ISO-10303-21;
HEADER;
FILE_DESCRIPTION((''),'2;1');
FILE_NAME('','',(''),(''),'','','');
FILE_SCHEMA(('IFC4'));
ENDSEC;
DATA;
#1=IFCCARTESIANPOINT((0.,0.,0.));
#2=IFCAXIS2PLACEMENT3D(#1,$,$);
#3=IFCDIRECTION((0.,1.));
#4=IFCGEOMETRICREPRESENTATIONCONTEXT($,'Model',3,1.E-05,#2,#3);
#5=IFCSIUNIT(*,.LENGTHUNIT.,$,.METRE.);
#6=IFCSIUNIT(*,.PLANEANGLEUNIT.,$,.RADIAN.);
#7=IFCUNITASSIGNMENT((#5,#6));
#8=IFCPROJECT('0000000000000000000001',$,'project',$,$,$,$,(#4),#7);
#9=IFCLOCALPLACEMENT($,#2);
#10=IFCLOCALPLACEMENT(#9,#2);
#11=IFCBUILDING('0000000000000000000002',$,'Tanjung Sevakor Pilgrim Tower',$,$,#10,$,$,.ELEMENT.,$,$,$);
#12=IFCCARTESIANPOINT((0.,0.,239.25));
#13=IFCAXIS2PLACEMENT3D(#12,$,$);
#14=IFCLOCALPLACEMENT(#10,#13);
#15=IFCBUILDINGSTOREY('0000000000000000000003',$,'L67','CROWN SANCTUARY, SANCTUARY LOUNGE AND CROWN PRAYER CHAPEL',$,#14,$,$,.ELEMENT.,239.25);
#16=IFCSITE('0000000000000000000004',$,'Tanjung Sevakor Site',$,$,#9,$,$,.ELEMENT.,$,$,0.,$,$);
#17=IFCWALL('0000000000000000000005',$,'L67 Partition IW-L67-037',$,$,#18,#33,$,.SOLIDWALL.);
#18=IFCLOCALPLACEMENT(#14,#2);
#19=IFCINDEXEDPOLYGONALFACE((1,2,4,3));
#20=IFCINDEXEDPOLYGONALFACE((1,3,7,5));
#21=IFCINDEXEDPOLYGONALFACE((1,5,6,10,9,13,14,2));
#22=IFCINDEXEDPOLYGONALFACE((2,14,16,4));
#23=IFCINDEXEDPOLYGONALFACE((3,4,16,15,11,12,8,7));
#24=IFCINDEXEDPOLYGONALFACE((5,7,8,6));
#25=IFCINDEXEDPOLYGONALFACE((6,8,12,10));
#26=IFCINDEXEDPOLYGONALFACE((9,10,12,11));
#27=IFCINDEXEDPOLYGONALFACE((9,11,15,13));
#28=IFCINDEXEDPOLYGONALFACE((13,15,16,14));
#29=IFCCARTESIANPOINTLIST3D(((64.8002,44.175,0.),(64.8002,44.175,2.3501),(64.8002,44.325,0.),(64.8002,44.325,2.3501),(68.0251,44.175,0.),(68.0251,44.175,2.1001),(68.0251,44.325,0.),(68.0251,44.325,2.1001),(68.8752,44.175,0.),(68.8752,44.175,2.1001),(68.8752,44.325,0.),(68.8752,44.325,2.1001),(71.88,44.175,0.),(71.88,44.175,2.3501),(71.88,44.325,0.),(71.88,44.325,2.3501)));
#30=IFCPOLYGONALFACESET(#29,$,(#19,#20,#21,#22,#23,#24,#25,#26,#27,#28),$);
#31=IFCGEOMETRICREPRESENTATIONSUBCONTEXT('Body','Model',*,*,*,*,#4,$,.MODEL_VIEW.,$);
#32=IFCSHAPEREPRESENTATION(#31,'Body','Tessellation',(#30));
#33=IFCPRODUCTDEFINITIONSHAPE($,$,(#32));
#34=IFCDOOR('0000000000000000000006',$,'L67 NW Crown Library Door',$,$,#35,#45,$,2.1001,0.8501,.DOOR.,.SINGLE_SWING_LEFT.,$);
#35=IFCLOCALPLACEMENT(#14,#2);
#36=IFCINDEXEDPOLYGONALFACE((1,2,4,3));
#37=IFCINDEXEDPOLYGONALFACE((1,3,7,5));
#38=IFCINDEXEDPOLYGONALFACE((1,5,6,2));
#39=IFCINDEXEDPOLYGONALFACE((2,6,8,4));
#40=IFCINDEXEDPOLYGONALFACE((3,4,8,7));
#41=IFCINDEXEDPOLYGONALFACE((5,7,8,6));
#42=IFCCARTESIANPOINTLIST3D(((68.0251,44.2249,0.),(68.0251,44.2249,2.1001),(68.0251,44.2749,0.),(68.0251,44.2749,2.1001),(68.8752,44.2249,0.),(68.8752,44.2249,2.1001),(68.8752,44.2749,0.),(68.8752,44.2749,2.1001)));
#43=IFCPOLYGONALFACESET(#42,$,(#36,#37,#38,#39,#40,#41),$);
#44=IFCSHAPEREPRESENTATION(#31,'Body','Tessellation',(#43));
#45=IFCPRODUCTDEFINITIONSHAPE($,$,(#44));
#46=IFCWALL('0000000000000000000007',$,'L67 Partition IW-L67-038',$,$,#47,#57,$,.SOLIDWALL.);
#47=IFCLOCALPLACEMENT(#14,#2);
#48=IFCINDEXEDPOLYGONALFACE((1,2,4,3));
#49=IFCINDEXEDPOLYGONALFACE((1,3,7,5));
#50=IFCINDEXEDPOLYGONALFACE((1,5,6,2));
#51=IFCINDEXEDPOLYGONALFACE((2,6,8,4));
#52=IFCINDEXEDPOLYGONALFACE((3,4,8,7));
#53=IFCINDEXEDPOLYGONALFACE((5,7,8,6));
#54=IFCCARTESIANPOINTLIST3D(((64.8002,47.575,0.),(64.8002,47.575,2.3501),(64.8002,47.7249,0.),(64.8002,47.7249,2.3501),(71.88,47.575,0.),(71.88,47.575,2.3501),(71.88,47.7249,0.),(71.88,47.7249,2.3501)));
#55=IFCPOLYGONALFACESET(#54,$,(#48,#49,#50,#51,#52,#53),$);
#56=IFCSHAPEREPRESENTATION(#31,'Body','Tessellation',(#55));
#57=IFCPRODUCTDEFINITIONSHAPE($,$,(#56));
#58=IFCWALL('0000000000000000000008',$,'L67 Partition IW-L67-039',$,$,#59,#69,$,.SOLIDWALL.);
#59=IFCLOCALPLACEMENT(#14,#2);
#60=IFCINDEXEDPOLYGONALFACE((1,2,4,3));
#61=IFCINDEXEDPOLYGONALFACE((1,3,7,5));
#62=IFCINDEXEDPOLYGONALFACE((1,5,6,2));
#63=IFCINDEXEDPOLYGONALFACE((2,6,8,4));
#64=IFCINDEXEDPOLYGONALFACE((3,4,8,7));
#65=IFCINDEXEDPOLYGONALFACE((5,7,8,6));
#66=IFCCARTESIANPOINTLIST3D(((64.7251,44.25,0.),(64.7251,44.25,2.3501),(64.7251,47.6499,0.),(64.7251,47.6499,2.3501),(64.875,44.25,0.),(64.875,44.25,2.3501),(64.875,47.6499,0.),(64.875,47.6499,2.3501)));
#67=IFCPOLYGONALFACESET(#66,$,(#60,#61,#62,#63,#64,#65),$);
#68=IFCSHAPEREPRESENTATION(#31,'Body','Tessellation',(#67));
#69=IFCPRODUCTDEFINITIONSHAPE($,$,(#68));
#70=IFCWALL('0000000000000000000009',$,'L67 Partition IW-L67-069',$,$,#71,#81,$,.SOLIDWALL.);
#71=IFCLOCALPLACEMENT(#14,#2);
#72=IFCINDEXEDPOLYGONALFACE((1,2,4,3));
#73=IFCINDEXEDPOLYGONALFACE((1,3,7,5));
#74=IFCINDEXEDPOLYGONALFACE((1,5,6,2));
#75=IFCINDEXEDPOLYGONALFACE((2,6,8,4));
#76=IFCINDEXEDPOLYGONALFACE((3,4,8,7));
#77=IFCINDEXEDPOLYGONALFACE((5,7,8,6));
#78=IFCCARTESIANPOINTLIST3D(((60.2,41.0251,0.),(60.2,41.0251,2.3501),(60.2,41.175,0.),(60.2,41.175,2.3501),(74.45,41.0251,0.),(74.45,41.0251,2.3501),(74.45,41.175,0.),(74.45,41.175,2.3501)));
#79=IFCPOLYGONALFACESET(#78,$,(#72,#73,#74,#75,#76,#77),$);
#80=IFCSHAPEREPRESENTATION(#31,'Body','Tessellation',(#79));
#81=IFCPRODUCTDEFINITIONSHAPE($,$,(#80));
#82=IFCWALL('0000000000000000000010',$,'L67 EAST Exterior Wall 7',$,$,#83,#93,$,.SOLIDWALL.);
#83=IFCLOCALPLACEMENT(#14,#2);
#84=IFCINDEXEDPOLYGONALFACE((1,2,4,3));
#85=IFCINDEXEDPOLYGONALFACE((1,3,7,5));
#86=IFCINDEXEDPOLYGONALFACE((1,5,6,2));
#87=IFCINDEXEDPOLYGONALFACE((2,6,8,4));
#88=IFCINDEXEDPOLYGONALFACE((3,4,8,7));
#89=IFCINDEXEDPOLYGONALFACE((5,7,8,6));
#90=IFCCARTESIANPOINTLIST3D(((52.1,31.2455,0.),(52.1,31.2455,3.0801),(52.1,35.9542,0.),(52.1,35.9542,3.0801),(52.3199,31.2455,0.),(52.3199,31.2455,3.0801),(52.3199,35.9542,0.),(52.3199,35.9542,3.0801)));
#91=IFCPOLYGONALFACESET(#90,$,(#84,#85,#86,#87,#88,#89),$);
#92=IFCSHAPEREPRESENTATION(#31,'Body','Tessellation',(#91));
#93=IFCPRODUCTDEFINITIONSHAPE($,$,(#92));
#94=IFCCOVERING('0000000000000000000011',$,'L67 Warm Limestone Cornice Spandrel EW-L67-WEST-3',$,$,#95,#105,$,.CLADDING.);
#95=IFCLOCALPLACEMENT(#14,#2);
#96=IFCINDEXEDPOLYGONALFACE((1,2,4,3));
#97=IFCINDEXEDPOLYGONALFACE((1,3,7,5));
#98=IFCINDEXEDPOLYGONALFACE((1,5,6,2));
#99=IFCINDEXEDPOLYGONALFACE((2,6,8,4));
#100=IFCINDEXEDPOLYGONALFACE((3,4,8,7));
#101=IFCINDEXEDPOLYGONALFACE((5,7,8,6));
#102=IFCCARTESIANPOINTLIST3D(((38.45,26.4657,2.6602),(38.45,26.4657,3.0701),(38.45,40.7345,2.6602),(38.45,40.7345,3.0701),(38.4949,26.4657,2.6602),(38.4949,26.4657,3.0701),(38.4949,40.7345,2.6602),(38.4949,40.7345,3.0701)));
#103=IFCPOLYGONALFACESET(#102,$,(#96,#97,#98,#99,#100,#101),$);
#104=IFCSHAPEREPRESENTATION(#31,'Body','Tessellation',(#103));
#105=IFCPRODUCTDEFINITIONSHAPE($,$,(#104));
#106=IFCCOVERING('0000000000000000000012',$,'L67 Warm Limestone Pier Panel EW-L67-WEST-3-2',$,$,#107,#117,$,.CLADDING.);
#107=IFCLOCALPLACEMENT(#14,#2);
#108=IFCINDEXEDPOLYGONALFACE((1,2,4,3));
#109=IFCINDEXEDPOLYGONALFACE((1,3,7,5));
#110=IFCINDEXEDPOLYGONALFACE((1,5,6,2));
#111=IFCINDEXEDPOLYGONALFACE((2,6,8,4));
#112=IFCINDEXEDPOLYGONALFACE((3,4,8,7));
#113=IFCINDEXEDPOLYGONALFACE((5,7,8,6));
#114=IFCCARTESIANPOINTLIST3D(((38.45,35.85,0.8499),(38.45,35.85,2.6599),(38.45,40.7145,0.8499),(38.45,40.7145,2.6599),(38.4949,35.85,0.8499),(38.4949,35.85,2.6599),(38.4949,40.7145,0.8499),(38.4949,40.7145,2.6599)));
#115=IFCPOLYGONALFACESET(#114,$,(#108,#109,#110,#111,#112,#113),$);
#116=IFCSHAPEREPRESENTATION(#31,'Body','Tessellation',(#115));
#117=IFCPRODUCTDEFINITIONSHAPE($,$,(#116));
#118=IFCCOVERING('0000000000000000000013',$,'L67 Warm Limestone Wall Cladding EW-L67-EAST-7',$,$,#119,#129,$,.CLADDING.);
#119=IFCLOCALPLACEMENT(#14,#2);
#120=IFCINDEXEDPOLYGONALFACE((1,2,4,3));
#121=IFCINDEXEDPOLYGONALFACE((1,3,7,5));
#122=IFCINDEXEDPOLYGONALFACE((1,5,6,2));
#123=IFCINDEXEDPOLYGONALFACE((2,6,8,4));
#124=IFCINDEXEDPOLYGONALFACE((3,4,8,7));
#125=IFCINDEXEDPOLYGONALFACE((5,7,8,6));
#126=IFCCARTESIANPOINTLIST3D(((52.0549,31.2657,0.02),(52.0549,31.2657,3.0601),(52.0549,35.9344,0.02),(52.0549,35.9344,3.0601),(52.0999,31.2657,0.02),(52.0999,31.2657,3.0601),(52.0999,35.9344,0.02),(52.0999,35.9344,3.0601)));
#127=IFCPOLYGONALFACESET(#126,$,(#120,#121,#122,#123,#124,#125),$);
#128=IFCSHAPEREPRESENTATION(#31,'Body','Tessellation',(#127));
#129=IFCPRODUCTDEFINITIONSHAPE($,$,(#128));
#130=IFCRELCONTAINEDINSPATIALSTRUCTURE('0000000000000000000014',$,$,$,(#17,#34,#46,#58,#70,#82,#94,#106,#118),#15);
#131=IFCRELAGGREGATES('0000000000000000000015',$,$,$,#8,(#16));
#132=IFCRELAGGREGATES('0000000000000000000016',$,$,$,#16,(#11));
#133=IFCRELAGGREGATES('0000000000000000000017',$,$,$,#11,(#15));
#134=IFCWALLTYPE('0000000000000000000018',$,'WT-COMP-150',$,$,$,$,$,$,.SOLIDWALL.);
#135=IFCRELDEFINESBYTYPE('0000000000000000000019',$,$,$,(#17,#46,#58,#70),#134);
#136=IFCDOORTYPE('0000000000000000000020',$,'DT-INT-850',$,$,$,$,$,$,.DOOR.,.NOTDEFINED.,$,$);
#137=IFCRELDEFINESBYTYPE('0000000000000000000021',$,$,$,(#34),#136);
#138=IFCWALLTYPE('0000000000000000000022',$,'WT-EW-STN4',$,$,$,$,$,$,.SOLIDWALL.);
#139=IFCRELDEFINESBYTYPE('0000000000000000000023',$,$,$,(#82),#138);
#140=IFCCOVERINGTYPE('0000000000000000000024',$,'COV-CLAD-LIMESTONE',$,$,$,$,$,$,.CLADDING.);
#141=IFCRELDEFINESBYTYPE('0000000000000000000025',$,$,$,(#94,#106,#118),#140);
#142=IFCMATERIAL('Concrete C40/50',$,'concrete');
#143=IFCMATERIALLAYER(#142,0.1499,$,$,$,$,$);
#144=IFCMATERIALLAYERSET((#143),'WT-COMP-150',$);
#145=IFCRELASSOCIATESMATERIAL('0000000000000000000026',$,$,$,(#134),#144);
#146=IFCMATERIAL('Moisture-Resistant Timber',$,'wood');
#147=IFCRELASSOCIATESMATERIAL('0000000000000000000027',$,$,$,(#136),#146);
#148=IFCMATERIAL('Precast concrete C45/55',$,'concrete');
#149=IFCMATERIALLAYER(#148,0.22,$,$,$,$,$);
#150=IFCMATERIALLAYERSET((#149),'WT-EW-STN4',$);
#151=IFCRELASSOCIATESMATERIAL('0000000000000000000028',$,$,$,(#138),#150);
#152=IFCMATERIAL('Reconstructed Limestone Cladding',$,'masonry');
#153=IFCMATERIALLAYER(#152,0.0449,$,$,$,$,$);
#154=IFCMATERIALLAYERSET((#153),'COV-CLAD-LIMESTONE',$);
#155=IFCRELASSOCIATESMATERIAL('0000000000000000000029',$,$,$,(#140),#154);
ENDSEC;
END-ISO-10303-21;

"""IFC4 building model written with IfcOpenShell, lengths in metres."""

from ifc_helpers import new_model, si_unit, direction, frame, frame_2d, origin, origin_2d, place, context, subcontext, project, spatial, rectangle, extrude, material, layer, layer_set, type_object, element, fill, save


model = new_model("IFC4")

# Units and contexts
model_context = context("Model", 3, precision=1e-05, world=origin(), true_north=direction((0.0, 1.0)))
body_context = subcontext(model_context, "Body", "Model", "MODEL_VIEW")
ifc_project = project(units=[si_unit("LENGTHUNIT", "METRE"), si_unit("PLANEANGLEUNIT", "RADIAN")], contexts=[model_context])

# Site, building, storey
site_placement = place(None, origin())
site = spatial("IfcSite", under=ifc_project, at=site_placement, Name="Tanjung Sevakor Site", CompositionType="ELEMENT", RefElevation=0.0)
building_placement = place(site_placement, origin())
building = spatial("IfcBuilding", under=site, at=building_placement, Name="Tanjung Sevakor Pilgrim Tower", CompositionType="ELEMENT")
storey_placement = place(building_placement, frame((0.0, 0.0, 239.25)))
storey = spatial("IfcBuildingStorey", under=building, at=storey_placement, Name="L67", Description="CROWN SANCTUARY, SANCTUARY LOUNGE AND CROWN PRAYER CHAPEL", CompositionType="ELEMENT", Elevation=239.25)

# Wall, opening, door
ifc_material_1 = material(Name="Concrete C40/50", Category="concrete")
ifc_layer_1 = layer(ifc_material_1, 0.1499)
ifc_layer_set_1 = layer_set([ifc_layer_1], Name="WT-COMP-150")
wall_type_1 = type_object("IfcWallType", Name="WT-COMP-150", PredefinedType="SOLIDWALL", material=ifc_layer_set_1)
wall_1_placement = place(storey_placement, frame((64.8, 44.25, 0.0), z_axis=(0.0, 0.0, 1.0), x_axis=(1.0, 0.0, 0.0)))
wall_1 = element("IfcWall", 1, at=wall_1_placement, inside=storey, type_object=wall_type_1, Name="L67 Partition IW-L67-037", PredefinedType="SOLIDWALL", context=body_context, shape_type="SweptSolid", body=[
    extrude(rectangle(XDim=7.0798, YDim=0.1499, at=frame_2d((3.54, 0.0))), origin(), (0.0, 0.0, 1.0), 2.3501),
])
opening_placement = place(wall_1_placement, frame((3.2251, 0.0, 0.0)))
opening = element("IfcOpeningElement", 2, at=opening_placement, cuts=wall_1, PredefinedType="OPENING", context=body_context, shape_type="SweptSolid", body=[
    extrude(rectangle(XDim=0.8501, YDim=2.1001, at=frame_2d((0.425, 1.05))), frame((0.0, 0.085, 0.0), z_axis=(0.0, -1.0, 0.0), x_axis=(1.0, 0.0, 0.0)), (0.0, 0.0, 1.0), 0.1699),
])
ifc_material_2 = material(Name="Moisture-Resistant Timber", Category="wood")
door_type = type_object("IfcDoorType", Name="DT-INT-850", OperationType="NOTDEFINED", PredefinedType="DOOR", material=ifc_material_2)
door_placement = place(opening_placement, origin())
door = element("IfcDoor", 3, at=door_placement, inside=storey, type_object=door_type, Name="L67 NW Crown Library Door", OperationType="SINGLE_SWING_LEFT", OverallHeight=2.1001, OverallWidth=0.8501, PredefinedType="DOOR", context=body_context, shape_type="SweptSolid", body=[
    extrude(rectangle(XDim=0.8501, YDim=2.1001, at=frame_2d((0.425, 1.05))), frame((0.0, 0.0249, 0.0), z_axis=(0.0, -1.0, 0.0), x_axis=(1.0, 0.0, 0.0)), (0.0, 0.0, 1.0), 0.05),
])
fill(opening, door)

# Walls
wall_2_placement = place(storey_placement, frame((64.8, 47.6499, 0.0), z_axis=(0.0, 0.0, 1.0), x_axis=(1.0, 0.0, 0.0)))
element("IfcWall", 4, at=wall_2_placement, inside=storey, type_object=wall_type_1, Name="L67 Partition IW-L67-038", PredefinedType="SOLIDWALL", context=body_context, shape_type="SweptSolid", body=[
    extrude(rectangle(XDim=7.0798, YDim=0.1499, at=frame_2d((3.54, 0.0))), origin(), (0.0, 0.0, 1.0), 2.3501),
])
wall_3_placement = place(storey_placement, frame((64.8, 44.25, 0.0), z_axis=(0.0, 0.0, 1.0), x_axis=(0.0, 1.0, 0.0)))
element("IfcWall", 5, at=wall_3_placement, inside=storey, type_object=wall_type_1, Name="L67 Partition IW-L67-039", PredefinedType="SOLIDWALL", context=body_context, shape_type="SweptSolid", body=[
    extrude(rectangle(XDim=3.3999, YDim=0.1499, at=frame_2d((1.7, 0.0))), origin(), (0.0, 0.0, 1.0), 2.3501),
])
wall_4_placement = place(storey_placement, frame((60.2, 41.1001, 0.0), z_axis=(0.0, 0.0, 1.0), x_axis=(1.0, 0.0, 0.0)))
element("IfcWall", 6, at=wall_4_placement, inside=storey, type_object=wall_type_1, Name="L67 Partition IW-L67-069", PredefinedType="SOLIDWALL", context=body_context, shape_type="SweptSolid", body=[
    extrude(rectangle(XDim=14.25, YDim=0.1499, at=frame_2d((7.125, 0.0))), origin(), (0.0, 0.0, 1.0), 2.3501),
])
ifc_material_3 = material(Name="Precast concrete C45/55", Category="concrete")
ifc_layer_2 = layer(ifc_material_3, 0.22)
ifc_layer_set_2 = layer_set([ifc_layer_2], Name="WT-EW-STN4")
wall_type_2 = type_object("IfcWallType", Name="WT-EW-STN4", PredefinedType="SOLIDWALL", material=ifc_layer_set_2)
wall_5_placement = place(storey_placement, frame((52.21, 35.9543, 0.0), z_axis=(0.0, 0.0, 1.0), x_axis=(0.0, -1.0, 0.0)))
element("IfcWall", 7, at=wall_5_placement, inside=storey, type_object=wall_type_2, Name="L67 EAST Exterior Wall 7", PredefinedType="SOLIDWALL", context=body_context, shape_type="SweptSolid", body=[
    extrude(rectangle(XDim=4.7087, YDim=0.22, at=frame_2d((2.3545, 0.0))), origin(), (0.0, 0.0, 1.0), 3.0801),
])

# Coverings
ifc_material_4 = material(Name="Reconstructed Limestone Cladding", Category="masonry")
ifc_layer_3 = layer(ifc_material_4, 0.0449)
ifc_layer_set_3 = layer_set([ifc_layer_3], Name="COV-CLAD-LIMESTONE")
covering_type = type_object("IfcCoveringType", Name="COV-CLAD-LIMESTONE", PredefinedType="CLADDING", material=ifc_layer_set_3)
covering_1_placement = place(storey_placement, frame((38.4724, 33.6001, 2.6602), z_axis=(0.0, 0.0, 1.0), x_axis=(0.0, 1.0, 0.0)))
element("IfcCovering", 8, at=covering_1_placement, inside=storey, type_object=covering_type, Name="L67 Warm Limestone Cornice Spandrel EW-L67-WEST-3", PredefinedType="CLADDING", context=body_context, shape_type="SweptSolid", body=[
    extrude(rectangle(XDim=14.2688, YDim=0.0449, at=origin_2d()), origin(), (0.0, 0.0, 1.0), 0.4099),
])
covering_2_placement = place(storey_placement, frame((38.4724, 38.2822, 0.8499), z_axis=(0.0, 0.0, 1.0), x_axis=(0.0, 1.0, 0.0)))
element("IfcCovering", 9, at=covering_2_placement, inside=storey, type_object=covering_type, Name="L67 Warm Limestone Pier Panel EW-L67-WEST-3-2", PredefinedType="CLADDING", context=body_context, shape_type="SweptSolid", body=[
    extrude(rectangle(XDim=4.8645, YDim=0.0449, at=origin_2d()), origin(), (0.0, 0.0, 1.0), 1.8101),
])
covering_3_placement = place(storey_placement, frame((52.0774, 33.6001, 0.02), z_axis=(0.0, 0.0, 1.0), x_axis=(0.0, -1.0, 0.0)))
element("IfcCovering", 10, at=covering_3_placement, inside=storey, type_object=covering_type, Name="L67 Warm Limestone Wall Cladding EW-L67-EAST-7", PredefinedType="CLADDING", context=body_context, shape_type="SweptSolid", body=[
    extrude(rectangle(XDim=4.6687, YDim=0.0449, at=origin_2d()), origin(), (0.0, 0.0, 1.0), 3.04),
])

save(model, "model.ifc")
